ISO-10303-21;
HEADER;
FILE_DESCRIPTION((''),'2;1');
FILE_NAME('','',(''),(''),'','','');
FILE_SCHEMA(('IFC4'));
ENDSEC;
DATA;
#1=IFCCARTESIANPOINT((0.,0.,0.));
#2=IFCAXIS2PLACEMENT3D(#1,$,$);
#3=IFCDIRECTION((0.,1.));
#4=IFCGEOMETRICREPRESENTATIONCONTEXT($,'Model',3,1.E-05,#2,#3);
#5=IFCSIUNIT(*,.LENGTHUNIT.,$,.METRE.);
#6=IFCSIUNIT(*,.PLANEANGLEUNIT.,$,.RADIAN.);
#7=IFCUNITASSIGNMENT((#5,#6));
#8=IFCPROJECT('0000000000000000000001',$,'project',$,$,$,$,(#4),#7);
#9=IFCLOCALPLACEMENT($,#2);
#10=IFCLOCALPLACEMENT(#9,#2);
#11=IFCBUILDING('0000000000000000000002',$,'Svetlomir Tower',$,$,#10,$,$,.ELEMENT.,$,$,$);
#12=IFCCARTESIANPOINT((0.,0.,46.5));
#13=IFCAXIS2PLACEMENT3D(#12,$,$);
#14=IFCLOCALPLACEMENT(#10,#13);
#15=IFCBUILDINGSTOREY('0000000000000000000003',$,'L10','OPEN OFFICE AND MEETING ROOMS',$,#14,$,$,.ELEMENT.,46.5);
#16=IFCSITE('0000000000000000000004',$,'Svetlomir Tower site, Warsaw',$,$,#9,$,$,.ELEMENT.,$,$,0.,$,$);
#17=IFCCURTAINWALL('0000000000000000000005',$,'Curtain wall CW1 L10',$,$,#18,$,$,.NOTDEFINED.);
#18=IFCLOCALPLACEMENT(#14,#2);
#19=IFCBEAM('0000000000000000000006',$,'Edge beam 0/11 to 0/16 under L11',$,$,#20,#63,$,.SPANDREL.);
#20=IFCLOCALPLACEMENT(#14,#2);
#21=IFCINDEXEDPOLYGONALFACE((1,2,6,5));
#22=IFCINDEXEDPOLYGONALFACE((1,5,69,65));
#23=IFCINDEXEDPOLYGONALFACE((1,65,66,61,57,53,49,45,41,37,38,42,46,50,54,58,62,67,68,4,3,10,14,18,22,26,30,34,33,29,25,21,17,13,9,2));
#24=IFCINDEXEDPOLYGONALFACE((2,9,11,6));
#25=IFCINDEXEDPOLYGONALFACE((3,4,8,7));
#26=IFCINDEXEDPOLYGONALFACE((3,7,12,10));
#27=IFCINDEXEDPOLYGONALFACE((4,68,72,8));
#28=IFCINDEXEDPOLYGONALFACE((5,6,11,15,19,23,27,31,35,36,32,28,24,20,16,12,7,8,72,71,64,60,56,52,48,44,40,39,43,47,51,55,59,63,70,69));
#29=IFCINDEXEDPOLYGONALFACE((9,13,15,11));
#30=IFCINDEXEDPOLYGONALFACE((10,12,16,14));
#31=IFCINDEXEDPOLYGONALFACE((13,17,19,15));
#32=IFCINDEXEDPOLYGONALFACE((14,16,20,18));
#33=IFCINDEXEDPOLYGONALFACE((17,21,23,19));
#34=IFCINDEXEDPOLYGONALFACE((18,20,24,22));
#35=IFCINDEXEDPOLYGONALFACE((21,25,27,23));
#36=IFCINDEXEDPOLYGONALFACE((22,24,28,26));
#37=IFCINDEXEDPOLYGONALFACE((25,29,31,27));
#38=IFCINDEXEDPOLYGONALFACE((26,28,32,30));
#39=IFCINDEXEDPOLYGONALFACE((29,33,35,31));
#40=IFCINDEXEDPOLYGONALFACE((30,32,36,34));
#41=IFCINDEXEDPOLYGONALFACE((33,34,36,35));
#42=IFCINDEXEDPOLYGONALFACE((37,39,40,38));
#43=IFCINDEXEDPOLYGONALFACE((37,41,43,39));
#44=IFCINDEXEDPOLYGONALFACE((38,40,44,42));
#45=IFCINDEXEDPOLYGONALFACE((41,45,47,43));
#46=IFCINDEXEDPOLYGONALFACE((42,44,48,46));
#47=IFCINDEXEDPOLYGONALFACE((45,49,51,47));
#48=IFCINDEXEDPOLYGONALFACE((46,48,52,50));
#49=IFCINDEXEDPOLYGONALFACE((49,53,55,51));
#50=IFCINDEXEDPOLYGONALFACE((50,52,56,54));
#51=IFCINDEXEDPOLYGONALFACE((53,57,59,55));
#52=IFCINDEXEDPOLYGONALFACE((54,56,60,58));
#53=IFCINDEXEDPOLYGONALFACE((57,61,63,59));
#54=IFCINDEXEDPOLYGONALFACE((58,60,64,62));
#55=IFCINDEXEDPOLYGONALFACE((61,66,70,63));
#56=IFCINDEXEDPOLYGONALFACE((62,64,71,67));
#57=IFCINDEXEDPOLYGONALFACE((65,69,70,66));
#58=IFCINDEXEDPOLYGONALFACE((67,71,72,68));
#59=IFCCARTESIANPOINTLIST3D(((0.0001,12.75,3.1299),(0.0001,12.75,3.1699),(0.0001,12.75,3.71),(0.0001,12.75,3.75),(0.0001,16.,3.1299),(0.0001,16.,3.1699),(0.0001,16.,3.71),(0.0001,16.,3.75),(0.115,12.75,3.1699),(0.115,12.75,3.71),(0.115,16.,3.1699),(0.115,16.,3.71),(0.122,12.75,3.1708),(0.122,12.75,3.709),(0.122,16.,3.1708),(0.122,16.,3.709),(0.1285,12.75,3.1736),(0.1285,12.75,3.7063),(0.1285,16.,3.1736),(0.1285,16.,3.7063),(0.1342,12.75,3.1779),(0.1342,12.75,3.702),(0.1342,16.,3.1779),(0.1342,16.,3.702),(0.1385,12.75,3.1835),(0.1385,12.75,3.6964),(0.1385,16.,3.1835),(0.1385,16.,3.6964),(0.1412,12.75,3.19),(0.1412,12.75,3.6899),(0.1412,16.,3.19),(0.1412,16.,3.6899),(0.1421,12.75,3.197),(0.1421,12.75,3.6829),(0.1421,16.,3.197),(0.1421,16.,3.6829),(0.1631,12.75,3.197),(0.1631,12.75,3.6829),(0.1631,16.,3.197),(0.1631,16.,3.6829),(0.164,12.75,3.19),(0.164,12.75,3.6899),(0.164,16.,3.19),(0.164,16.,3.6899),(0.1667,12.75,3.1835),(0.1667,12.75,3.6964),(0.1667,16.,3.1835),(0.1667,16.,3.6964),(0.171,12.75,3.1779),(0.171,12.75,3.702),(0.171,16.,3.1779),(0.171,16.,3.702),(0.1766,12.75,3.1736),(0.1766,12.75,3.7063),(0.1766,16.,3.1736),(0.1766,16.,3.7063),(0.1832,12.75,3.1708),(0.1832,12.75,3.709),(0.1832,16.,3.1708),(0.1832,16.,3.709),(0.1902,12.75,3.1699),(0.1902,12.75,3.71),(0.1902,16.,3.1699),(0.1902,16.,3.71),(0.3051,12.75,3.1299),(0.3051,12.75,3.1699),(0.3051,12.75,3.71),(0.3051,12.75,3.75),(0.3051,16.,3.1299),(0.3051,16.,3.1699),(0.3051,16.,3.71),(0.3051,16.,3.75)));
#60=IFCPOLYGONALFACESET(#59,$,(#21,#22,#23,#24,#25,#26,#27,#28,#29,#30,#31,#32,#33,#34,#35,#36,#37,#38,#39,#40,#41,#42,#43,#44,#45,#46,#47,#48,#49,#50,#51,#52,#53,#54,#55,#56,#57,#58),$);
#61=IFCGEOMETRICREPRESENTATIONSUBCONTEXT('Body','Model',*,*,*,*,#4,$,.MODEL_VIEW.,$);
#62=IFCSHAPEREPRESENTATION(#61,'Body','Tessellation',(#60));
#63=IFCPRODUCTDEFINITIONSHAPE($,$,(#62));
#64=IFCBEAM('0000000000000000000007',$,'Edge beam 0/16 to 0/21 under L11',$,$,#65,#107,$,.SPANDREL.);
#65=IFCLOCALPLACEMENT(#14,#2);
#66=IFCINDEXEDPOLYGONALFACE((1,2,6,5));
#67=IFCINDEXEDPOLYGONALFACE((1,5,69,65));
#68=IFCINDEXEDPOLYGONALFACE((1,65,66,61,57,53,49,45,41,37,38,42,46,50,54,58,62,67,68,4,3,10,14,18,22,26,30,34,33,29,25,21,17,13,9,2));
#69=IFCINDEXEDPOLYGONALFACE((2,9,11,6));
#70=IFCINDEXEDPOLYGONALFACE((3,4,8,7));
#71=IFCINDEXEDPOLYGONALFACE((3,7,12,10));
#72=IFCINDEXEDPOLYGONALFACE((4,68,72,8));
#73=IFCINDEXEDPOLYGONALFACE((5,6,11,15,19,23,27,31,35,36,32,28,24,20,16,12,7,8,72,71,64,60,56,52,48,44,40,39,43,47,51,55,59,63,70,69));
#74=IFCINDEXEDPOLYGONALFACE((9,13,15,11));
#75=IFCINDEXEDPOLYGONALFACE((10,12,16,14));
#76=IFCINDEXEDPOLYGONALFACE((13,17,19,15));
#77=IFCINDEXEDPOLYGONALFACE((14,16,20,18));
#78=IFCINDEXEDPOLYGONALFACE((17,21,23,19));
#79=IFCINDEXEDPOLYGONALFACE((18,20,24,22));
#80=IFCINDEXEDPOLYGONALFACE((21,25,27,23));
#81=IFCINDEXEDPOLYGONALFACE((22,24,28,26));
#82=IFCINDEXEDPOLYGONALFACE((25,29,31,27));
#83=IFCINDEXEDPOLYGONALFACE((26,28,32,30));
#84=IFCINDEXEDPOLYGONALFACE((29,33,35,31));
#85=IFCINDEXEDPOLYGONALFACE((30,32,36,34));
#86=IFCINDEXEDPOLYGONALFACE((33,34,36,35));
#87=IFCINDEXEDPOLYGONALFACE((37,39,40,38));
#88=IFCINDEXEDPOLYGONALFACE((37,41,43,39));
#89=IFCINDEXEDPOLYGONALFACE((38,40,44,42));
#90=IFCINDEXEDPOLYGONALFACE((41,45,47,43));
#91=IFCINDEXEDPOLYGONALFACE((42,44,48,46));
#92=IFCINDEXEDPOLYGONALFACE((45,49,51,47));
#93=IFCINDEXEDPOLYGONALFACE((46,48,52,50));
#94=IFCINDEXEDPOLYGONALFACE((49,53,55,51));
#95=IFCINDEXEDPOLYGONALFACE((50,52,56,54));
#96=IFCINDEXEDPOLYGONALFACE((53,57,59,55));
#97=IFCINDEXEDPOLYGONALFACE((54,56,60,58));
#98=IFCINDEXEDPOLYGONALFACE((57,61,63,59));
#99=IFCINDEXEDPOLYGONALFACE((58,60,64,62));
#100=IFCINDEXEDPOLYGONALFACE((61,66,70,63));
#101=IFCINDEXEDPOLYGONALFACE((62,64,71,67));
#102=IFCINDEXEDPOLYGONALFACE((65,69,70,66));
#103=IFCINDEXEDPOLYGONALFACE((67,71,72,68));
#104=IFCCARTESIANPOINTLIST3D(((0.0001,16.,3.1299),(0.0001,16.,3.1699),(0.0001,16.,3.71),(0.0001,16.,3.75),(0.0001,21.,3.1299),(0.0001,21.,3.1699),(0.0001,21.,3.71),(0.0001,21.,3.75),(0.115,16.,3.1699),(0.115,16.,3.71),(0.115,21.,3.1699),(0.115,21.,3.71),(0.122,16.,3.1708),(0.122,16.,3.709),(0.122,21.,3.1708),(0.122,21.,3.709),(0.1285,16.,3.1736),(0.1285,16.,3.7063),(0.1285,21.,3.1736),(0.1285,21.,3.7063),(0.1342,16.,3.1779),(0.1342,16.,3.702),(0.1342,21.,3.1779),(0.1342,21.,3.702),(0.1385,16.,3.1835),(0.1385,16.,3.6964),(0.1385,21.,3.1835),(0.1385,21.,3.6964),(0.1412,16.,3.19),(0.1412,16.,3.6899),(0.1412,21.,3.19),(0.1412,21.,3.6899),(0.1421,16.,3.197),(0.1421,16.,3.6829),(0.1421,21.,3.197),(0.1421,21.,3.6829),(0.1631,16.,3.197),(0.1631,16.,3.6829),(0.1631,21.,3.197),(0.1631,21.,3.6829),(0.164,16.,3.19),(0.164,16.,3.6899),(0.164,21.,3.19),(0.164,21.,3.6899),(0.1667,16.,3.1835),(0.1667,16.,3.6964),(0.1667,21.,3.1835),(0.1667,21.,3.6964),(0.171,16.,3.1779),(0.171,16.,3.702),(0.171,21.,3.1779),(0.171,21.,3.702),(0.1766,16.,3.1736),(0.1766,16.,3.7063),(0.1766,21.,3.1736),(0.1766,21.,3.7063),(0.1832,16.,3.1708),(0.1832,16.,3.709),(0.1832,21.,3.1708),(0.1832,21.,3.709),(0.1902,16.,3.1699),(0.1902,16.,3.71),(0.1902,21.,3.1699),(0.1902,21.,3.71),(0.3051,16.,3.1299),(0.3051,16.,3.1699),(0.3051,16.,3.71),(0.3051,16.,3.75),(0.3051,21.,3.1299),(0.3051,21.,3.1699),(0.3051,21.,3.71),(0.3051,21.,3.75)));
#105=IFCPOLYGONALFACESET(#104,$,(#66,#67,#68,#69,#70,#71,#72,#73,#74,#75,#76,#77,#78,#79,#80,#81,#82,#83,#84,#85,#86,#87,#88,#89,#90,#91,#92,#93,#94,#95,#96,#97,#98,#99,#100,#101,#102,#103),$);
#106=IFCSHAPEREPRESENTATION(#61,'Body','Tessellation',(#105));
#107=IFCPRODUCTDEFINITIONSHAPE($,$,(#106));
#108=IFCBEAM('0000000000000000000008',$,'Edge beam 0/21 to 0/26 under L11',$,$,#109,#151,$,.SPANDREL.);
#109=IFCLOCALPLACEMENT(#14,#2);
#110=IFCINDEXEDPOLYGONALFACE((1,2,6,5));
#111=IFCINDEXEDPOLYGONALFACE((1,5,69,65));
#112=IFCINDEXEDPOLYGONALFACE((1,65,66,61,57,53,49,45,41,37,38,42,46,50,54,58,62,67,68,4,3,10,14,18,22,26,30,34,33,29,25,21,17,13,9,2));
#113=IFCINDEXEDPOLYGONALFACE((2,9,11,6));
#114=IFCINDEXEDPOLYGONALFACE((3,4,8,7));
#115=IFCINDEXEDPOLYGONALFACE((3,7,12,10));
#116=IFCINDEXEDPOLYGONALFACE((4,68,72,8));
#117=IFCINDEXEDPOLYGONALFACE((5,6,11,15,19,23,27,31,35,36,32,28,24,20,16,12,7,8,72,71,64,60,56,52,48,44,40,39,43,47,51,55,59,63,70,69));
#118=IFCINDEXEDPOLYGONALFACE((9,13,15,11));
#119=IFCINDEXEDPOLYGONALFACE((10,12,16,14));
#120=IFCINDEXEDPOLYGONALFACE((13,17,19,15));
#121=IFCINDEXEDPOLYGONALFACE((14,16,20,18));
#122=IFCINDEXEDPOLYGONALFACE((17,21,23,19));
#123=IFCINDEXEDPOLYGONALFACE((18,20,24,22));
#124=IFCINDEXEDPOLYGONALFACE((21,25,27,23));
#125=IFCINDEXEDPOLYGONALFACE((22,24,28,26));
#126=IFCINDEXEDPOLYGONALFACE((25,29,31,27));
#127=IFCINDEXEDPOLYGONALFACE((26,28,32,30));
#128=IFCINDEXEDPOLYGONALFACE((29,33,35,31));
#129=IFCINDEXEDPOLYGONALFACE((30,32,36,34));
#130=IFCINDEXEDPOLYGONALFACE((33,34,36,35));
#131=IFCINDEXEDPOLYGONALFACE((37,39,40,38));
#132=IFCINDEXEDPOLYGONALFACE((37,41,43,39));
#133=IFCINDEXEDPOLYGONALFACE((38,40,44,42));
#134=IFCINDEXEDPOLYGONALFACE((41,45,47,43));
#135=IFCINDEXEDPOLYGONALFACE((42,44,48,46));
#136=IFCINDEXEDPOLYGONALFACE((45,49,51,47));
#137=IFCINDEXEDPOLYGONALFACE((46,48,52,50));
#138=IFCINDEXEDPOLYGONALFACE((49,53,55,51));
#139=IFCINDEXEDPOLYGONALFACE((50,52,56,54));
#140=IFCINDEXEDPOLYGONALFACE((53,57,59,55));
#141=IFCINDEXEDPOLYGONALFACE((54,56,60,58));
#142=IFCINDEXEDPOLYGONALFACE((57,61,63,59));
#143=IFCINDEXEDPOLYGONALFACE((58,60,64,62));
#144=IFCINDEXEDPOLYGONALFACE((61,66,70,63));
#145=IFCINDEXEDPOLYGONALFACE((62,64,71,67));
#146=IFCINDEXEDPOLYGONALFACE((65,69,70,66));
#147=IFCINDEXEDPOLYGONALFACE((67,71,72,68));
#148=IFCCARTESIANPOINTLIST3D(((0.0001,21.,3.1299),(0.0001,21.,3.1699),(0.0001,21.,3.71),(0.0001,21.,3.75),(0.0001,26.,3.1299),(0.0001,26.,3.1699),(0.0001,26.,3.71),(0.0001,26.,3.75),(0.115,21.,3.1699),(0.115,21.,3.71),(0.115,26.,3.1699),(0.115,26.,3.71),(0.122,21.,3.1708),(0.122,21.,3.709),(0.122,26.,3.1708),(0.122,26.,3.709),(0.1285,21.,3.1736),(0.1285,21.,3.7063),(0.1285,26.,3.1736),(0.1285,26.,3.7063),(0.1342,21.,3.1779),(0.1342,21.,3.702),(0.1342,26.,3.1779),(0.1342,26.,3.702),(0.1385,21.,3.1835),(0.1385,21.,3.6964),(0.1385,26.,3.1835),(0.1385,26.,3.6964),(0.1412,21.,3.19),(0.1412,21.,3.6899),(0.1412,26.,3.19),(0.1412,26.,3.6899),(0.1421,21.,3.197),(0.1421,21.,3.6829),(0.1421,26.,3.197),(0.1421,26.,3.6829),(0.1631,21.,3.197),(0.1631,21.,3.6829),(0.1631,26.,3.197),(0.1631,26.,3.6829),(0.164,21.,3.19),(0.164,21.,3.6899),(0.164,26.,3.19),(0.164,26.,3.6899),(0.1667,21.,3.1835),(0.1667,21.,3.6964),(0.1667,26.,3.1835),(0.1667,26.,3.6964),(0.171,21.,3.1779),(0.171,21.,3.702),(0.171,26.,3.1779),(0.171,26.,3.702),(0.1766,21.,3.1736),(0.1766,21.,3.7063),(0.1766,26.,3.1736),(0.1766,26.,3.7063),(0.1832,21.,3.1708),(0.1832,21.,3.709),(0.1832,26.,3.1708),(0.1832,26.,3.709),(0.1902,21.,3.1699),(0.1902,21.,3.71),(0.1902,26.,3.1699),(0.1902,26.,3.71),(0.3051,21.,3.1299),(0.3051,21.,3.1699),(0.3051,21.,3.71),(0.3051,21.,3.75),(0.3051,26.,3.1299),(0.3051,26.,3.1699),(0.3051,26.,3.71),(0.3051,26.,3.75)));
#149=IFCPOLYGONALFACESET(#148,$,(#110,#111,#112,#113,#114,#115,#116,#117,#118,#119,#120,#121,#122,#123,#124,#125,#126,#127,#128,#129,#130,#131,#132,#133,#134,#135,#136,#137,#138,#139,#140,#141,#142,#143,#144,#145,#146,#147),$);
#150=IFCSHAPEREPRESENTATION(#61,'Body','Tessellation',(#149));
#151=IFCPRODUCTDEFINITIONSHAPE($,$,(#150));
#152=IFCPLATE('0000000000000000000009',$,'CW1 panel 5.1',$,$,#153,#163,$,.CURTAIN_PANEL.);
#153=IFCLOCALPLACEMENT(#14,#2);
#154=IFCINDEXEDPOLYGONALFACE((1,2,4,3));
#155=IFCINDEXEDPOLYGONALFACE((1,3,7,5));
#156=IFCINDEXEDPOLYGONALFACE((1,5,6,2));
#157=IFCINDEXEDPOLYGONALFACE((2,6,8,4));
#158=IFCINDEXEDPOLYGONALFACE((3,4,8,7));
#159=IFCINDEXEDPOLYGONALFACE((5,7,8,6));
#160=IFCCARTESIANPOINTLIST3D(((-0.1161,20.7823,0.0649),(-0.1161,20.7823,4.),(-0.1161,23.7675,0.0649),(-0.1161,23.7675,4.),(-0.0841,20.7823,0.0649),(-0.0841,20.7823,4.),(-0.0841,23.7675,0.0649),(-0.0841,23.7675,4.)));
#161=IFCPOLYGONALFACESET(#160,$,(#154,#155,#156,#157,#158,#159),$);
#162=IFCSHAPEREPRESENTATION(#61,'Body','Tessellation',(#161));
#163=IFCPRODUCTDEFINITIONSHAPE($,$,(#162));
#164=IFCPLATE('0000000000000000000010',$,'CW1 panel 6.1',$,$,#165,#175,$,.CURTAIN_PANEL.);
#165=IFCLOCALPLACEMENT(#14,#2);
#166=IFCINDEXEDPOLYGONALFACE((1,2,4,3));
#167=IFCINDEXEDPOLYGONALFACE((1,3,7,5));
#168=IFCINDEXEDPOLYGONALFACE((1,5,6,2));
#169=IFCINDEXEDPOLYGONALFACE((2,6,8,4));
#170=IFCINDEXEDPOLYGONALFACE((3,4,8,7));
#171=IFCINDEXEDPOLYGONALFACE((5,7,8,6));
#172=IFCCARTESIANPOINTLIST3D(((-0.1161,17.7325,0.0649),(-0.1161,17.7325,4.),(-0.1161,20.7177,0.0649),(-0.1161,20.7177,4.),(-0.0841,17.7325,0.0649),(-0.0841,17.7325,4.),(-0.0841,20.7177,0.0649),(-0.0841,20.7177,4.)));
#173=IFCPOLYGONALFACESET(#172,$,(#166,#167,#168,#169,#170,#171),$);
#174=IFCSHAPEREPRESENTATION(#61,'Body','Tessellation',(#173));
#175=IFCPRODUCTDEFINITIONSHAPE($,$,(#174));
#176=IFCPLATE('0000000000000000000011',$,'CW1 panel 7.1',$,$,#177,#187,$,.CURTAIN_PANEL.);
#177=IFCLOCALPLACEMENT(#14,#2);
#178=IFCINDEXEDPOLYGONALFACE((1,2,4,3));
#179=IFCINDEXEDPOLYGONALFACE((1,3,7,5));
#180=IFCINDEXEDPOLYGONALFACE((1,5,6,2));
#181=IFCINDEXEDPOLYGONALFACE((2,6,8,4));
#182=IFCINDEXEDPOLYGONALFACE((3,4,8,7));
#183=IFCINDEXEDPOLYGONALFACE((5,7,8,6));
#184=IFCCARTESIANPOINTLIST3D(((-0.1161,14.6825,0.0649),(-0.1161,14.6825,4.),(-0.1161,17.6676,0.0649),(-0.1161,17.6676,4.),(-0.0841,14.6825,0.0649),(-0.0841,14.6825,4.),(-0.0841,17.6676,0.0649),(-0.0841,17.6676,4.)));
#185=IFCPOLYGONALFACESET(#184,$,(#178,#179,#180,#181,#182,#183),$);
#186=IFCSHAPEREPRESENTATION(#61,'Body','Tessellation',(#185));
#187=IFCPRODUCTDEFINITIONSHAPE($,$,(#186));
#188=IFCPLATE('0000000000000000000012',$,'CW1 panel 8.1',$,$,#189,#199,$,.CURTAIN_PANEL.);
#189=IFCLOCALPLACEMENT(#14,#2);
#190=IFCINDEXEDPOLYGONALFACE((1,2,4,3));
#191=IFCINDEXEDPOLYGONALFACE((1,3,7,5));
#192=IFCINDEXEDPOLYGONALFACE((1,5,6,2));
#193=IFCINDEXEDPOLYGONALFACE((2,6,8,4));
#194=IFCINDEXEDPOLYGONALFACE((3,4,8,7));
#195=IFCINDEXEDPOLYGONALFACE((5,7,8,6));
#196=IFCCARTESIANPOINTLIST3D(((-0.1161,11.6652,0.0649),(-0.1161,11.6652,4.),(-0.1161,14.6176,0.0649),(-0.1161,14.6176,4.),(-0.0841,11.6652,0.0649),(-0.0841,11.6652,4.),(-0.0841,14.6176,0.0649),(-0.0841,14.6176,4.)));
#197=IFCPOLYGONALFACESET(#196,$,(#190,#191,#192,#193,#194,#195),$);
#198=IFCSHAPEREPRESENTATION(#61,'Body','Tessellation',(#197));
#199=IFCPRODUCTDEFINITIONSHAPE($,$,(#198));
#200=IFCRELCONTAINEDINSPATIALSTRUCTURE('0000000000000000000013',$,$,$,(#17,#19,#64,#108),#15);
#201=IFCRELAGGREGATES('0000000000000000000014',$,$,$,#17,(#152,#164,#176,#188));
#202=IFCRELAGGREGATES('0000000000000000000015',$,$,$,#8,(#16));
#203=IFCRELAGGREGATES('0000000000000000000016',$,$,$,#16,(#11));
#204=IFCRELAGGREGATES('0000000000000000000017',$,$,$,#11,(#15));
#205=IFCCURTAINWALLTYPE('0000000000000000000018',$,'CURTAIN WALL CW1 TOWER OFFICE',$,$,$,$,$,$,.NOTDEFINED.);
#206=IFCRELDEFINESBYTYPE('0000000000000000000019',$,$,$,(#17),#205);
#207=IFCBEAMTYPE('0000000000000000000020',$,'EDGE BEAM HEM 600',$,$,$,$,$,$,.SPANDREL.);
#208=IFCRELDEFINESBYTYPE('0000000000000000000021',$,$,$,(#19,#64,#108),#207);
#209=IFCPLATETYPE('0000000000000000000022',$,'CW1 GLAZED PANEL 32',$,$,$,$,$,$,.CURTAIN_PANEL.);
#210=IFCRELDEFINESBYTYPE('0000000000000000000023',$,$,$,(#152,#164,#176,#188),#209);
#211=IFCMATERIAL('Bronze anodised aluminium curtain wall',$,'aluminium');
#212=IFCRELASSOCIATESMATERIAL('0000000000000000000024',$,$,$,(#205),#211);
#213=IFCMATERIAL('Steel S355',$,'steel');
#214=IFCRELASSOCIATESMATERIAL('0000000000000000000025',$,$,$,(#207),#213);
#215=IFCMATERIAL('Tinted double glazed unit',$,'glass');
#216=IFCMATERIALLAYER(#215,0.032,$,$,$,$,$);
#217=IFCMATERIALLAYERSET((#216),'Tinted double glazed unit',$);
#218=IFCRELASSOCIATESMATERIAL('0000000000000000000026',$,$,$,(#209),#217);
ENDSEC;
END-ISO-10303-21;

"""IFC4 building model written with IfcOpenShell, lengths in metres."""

from ifc_helpers import new_model, si_unit, direction, frame, origin, origin_2d, place, context, subcontext, project, spatial, rectangle, i_section, extrude, material, layer, layer_set, material_profile, profile_set, type_object, element, aggregate, save


model = new_model("IFC4")

# Units and contexts
model_context = context("Model", 3, precision=1e-05, world=origin(), true_north=direction((0.0, 1.0)))
body_context = subcontext(model_context, "Body", "Model", "MODEL_VIEW")
ifc_project = project(units=[si_unit("LENGTHUNIT", "METRE"), si_unit("PLANEANGLEUNIT", "RADIAN")], contexts=[model_context])

# Site, building, storey
site_placement = place(None, origin())
site = spatial("IfcSite", under=ifc_project, at=site_placement, Name="Svetlomir Tower site, Warsaw", CompositionType="ELEMENT", RefElevation=0.0)
building_placement = place(site_placement, origin())
building = spatial("IfcBuilding", under=site, at=building_placement, Name="Svetlomir Tower", CompositionType="ELEMENT")
storey_placement = place(building_placement, frame((0.0, 0.0, 46.5)))
storey = spatial("IfcBuildingStorey", under=building, at=storey_placement, Name="L10", Description="OPEN OFFICE AND MEETING ROOMS", CompositionType="ELEMENT", Elevation=46.5)

# Curtain wall
ifc_material_1 = material(Name="Bronze anodised aluminium curtain wall", Category="aluminium")
curtain_wall_type = type_object("IfcCurtainWallType", Name="CURTAIN WALL CW1 TOWER OFFICE", PredefinedType="NOTDEFINED", material=ifc_material_1)
curtain_wall_placement = place(storey_placement, origin())
curtain_wall = element("IfcCurtainWall", 1, at=curtain_wall_placement, inside=storey, type_object=curtain_wall_type, Name="Curtain wall CW1 L10", PredefinedType="NOTDEFINED")

# Beams
ifc_material_2 = material(Name="Steel S355", Category="steel")
ifc_material_profile_1 = material_profile(ifc_material_2, i_section(OverallWidth=0.3049, OverallDepth=0.6201, WebThickness=0.021, FlangeThickness=0.04, FilletRadius=0.0271, at=origin_2d()), Name="HEM 600")
ifc_profile_set_1 = profile_set([ifc_material_profile_1], Name="Steel S355")
beam_type_1 = type_object("IfcBeamType", Name="EDGE BEAM HEM 600", PredefinedType="SPANDREL", material=ifc_profile_set_1)
beam_1_placement = place(storey_placement, frame((0.1526, 12.75, 3.4399), z_axis=(0.0, 1.0, 0.0), x_axis=(-1.0, 0.0, 0.0)))
element("IfcBeam", 2, at=beam_1_placement, inside=storey, type_object=beam_type_1, Name="Edge beam 0/11 to 0/16 under L11", PredefinedType="SPANDREL", context=body_context, shape_type="SweptSolid", body=[
    extrude(i_section(OverallWidth=0.3049, OverallDepth=0.6201, WebThickness=0.021, FlangeThickness=0.04, FilletRadius=0.0271, at=origin_2d()), origin(), (0.0, 0.0, 1.0), 3.25),
])
for number, where, z_axis, x_axis, name in (
    (3, (0.1526, 16.0, 3.4399), (0.0, 1.0, 0.0), (-1.0, 0.0, 0.0), "Edge beam 0/16 to 0/21 under L11"),
    (4, (0.1526, 21.0, 3.4399), (0.0, 1.0, 0.0), (-1.0, 0.0, 0.0), "Edge beam 0/21 to 0/26 under L11"),
):
    element("IfcBeam", number, at=place(storey_placement, frame(where, z_axis=z_axis, x_axis=x_axis)), inside=storey, type_object=beam_type_1, Name=name, PredefinedType="SPANDREL", context=body_context, shape_type="SweptSolid", body=[
        extrude(i_section(OverallWidth=0.3049, OverallDepth=0.6201, WebThickness=0.021, FlangeThickness=0.04, FilletRadius=0.0271, at=origin_2d()), origin(), (0.0, 0.0, 1.0), 5.0),
    ])

# Plates
ifc_material_3 = material(Name="Tinted double glazed unit", Category="glass")
ifc_layer_1 = layer(ifc_material_3, 0.032)
ifc_layer_set_1 = layer_set([ifc_layer_1], Name="Tinted double glazed unit")
plate_type = type_object("IfcPlateType", Name="CW1 GLAZED PANEL 32", PredefinedType="CURTAIN_PANEL", material=ifc_layer_set_1)
plate_1_placement = place(storey_placement, frame((-0.1001, 22.2749, 0.0649), z_axis=(0.0, 0.0, 1.0), x_axis=(0.0, -1.0, 0.0)))
plate_1 = element("IfcPlate", 5, at=plate_1_placement, type_object=plate_type, Name="CW1 panel 5.1", PredefinedType="CURTAIN_PANEL", context=body_context, shape_type="SweptSolid", body=[
    extrude(rectangle(XDim=2.9851, YDim=0.032, at=origin_2d()), origin(), (0.0, 0.0, 1.0), 3.9351),
])
plate_2_placement = place(storey_placement, frame((-0.1001, 19.2251, 0.0649), z_axis=(0.0, 0.0, 1.0), x_axis=(0.0, -1.0, 0.0)))
plate_2 = element("IfcPlate", 6, at=plate_2_placement, type_object=plate_type, Name="CW1 panel 6.1", PredefinedType="CURTAIN_PANEL", context=body_context, shape_type="SweptSolid", body=[
    extrude(rectangle(XDim=2.9851, YDim=0.032, at=origin_2d()), origin(), (0.0, 0.0, 1.0), 3.9351),
])
plate_3_placement = place(storey_placement, frame((-0.1001, 16.175, 0.0649), z_axis=(0.0, 0.0, 1.0), x_axis=(0.0, -1.0, 0.0)))
plate_3 = element("IfcPlate", 7, at=plate_3_placement, type_object=plate_type, Name="CW1 panel 7.1", PredefinedType="CURTAIN_PANEL", context=body_context, shape_type="SweptSolid", body=[
    extrude(rectangle(XDim=2.9851, YDim=0.032, at=origin_2d()), origin(), (0.0, 0.0, 1.0), 3.9351),
])
plate_4_placement = place(storey_placement, frame((-0.1001, 13.1414, 0.0649), z_axis=(0.0, 0.0, 1.0), x_axis=(0.0, -1.0, 0.0)))
plate_4 = element("IfcPlate", 8, at=plate_4_placement, type_object=plate_type, Name="CW1 panel 8.1", PredefinedType="CURTAIN_PANEL", context=body_context, shape_type="SweptSolid", body=[
    extrude(rectangle(XDim=2.9524, YDim=0.032, at=origin_2d()), origin(), (0.0, 0.0, 1.0), 3.9351),
])
aggregate(curtain_wall, [plate_1, plate_2, plate_3, plate_4])

save(model, "model.ifc")
